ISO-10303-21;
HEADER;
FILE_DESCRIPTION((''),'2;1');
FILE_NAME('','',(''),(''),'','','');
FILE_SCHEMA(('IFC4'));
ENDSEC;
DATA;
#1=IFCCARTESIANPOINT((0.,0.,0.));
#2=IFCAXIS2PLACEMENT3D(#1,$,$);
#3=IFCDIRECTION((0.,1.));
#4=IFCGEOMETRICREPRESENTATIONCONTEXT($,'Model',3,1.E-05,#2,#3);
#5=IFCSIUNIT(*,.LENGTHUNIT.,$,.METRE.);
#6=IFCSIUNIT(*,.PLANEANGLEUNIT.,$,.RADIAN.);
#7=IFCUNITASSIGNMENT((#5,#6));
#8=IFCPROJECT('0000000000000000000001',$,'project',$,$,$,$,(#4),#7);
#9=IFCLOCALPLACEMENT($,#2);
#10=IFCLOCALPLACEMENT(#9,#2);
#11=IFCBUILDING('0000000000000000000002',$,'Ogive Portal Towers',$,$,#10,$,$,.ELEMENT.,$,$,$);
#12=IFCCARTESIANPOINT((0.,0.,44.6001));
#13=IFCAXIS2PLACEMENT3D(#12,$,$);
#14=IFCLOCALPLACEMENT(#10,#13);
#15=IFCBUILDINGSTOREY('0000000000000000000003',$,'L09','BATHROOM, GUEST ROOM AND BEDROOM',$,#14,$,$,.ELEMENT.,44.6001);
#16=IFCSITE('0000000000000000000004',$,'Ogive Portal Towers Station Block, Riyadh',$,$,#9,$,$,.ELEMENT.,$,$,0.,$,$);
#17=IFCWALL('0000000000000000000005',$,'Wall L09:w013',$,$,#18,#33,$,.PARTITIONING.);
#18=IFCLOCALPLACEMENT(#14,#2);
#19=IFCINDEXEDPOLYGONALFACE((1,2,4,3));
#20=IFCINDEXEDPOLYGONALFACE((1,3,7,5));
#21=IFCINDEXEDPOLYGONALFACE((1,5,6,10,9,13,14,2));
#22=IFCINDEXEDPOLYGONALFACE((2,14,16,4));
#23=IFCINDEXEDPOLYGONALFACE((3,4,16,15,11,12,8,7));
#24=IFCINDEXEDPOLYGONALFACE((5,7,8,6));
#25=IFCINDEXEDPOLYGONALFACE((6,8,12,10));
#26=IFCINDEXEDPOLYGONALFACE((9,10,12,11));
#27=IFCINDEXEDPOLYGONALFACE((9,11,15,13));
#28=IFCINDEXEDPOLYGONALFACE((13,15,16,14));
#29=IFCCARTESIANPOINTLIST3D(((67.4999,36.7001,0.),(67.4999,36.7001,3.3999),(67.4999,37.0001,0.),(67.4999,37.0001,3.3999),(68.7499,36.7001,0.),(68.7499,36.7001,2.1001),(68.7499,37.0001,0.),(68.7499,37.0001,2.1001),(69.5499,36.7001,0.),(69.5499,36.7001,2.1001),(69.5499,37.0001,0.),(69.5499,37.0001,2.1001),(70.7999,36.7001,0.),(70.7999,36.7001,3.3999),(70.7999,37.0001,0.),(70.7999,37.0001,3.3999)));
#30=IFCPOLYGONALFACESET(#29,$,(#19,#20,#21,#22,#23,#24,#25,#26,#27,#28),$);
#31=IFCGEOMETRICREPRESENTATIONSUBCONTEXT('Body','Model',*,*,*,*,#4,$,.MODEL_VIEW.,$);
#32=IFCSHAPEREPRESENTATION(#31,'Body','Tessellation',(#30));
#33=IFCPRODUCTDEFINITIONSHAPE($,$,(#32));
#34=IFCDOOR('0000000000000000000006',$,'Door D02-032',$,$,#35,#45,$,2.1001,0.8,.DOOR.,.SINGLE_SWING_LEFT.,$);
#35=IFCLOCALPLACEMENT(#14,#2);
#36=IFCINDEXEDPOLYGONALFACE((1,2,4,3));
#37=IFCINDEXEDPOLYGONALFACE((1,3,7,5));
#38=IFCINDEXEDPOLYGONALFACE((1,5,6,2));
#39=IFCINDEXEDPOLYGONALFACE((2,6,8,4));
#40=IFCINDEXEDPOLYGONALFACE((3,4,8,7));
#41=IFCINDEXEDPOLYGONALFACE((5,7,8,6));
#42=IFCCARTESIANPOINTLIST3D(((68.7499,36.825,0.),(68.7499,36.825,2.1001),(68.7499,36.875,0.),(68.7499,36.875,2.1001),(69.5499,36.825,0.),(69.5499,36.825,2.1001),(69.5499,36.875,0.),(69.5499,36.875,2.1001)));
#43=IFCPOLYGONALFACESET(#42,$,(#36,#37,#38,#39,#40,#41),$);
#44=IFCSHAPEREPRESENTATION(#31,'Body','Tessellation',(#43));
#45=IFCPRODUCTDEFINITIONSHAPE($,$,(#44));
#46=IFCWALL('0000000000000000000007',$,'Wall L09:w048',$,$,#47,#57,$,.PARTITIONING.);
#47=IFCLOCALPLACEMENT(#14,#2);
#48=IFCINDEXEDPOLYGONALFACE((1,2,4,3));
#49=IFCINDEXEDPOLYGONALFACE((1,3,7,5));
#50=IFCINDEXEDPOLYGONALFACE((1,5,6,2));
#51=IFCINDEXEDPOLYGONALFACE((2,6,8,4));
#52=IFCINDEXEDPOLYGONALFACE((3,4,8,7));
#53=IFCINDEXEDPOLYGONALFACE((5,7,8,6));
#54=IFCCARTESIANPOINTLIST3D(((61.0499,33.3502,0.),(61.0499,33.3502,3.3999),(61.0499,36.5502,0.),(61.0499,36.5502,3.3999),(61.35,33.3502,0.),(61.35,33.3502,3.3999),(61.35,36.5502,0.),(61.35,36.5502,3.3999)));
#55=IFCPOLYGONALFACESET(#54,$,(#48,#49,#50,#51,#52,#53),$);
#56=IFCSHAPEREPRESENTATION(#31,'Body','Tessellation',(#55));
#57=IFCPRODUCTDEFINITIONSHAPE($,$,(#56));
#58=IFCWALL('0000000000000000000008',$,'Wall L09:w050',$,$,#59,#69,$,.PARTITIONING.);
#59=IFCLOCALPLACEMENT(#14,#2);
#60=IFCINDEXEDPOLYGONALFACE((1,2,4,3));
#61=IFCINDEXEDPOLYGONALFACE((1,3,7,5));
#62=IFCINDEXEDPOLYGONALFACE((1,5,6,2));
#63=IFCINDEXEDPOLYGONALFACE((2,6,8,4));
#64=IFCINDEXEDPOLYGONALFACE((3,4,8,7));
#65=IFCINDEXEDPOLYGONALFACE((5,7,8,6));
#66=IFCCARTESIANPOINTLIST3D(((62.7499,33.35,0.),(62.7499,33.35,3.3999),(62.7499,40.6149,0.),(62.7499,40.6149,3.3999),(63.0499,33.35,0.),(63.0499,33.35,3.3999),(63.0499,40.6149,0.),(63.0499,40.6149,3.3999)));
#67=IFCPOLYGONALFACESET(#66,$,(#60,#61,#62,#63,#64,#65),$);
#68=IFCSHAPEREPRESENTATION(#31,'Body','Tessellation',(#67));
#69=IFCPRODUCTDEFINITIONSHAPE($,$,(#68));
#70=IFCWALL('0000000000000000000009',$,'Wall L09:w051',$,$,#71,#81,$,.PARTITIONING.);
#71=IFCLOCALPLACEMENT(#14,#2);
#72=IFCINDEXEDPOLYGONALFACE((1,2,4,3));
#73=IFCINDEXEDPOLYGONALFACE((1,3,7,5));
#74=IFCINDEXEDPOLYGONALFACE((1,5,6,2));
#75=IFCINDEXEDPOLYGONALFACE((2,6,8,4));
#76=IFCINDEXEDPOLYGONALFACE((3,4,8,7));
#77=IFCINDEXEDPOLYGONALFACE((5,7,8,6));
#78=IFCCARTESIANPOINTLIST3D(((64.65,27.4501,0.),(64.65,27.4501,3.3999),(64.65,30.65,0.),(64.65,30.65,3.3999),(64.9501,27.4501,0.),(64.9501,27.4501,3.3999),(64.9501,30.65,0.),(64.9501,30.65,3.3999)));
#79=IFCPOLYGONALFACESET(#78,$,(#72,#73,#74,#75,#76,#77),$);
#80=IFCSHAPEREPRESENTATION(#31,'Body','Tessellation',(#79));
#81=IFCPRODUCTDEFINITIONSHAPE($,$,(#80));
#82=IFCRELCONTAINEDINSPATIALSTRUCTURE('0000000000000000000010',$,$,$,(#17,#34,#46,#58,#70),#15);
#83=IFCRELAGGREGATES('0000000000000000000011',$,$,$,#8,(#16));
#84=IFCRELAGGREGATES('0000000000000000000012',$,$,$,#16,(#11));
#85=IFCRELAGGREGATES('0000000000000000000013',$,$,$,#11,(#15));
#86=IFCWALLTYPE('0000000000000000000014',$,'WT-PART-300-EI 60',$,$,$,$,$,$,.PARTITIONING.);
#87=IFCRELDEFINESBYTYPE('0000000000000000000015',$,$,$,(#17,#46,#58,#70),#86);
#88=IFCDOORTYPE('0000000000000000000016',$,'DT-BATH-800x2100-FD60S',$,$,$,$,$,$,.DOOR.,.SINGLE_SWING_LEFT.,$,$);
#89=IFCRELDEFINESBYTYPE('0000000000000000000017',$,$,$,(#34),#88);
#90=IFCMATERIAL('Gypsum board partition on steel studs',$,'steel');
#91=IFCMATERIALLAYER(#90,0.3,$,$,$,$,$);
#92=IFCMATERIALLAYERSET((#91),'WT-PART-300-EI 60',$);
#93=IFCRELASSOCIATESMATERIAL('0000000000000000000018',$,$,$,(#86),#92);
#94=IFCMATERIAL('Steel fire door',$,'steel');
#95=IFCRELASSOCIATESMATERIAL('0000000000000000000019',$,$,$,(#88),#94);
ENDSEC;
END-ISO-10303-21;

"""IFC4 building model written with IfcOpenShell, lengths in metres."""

from ifc_helpers import new_model, si_unit, direction, frame, frame_2d, origin, place, context, subcontext, project, spatial, rectangle, extrude, material, layer, layer_set, type_object, element, fill, save


model = new_model("IFC4")

# Units and contexts
model_context = context("Model", 3, precision=1e-05, world=origin(), true_north=direction((0.0, 1.0)))
body_context = subcontext(model_context, "Body", "Model", "MODEL_VIEW")
ifc_project = project(units=[si_unit("LENGTHUNIT", "METRE"), si_unit("PLANEANGLEUNIT", "RADIAN")], contexts=[model_context])

# Site, building, storey
site_placement = place(None, origin())
site = spatial("IfcSite", under=ifc_project, at=site_placement, Name="Ogive Portal Towers Station Block, Riyadh", CompositionType="ELEMENT", RefElevation=0.0)
building_placement = place(site_placement, origin())
building = spatial("IfcBuilding", under=site, at=building_placement, Name="Ogive Portal Towers", CompositionType="ELEMENT")
storey_placement = place(building_placement, frame((0.0, 0.0, 44.6001)))
storey = spatial("IfcBuildingStorey", under=building, at=storey_placement, Name="L09", Description="BATHROOM, GUEST ROOM AND BEDROOM", CompositionType="ELEMENT", Elevation=44.6001)

# Shared definitions
ifc_material_1 = material(Name="Gypsum board partition on steel studs", Category="steel")
ifc_material_2 = material(Name="Steel fire door", Category="steel")

# Wall, opening, door
ifc_layer_1 = layer(ifc_material_1, 0.3)
ifc_layer_set_1 = layer_set([ifc_layer_1], Name="WT-PART-300-EI 60")
wall_type_1 = type_object("IfcWallType", Name="WT-PART-300-EI 60", PredefinedType="PARTITIONING", material=ifc_layer_set_1)
door_type_1 = type_object("IfcDoorType", Name="DT-BATH-800x2100-FD60S", OperationType="SINGLE_SWING_LEFT", PredefinedType="DOOR", material=ifc_material_2)
wall_1_placement = place(storey_placement, frame((67.5, 36.8501, 0.0), z_axis=(0.0, 0.0, 1.0), x_axis=(1.0, 0.0, 0.0)))
wall_1 = element("IfcWall", 1, at=wall_1_placement, inside=storey, type_object=wall_type_1, Name="Wall L09:w013", PredefinedType="PARTITIONING", context=body_context, shape_type="SweptSolid", body=[
    extrude(rectangle(XDim=3.3, YDim=0.3, at=frame_2d((1.6499, 0.0))), origin(), (0.0, 0.0, 1.0), 3.3999),
])
opening_1_placement = place(wall_1_placement, frame((1.25, 0.0, 0.0)))
opening_1 = element("IfcOpeningElement", 2, at=opening_1_placement, cuts=wall_1, PredefinedType="OPENING", context=body_context, shape_type="SweptSolid", body=[
    extrude(rectangle(XDim=0.8, YDim=2.1001, at=frame_2d((0.3999, 1.05))), frame((0.0, 0.1602, 0.0), z_axis=(0.0, -1.0, 0.0), x_axis=(1.0, 0.0, 0.0)), (0.0, 0.0, 1.0), 0.3201),
])
door_1_placement = place(opening_1_placement, origin())
door_1 = element("IfcDoor", 3, at=door_1_placement, inside=storey, type_object=door_type_1, Name="Door D02-032", OperationType="SINGLE_SWING_LEFT", OverallHeight=2.1001, OverallWidth=0.8, PredefinedType="DOOR", context=body_context, shape_type="SweptSolid", body=[
    extrude(rectangle(XDim=0.8, YDim=2.1001, at=frame_2d((0.3999, 1.05))), frame((0.0, 0.0249, 0.0), z_axis=(0.0, -1.0, 0.0), x_axis=(1.0, 0.0, 0.0)), (0.0, 0.0, 1.0), 0.05),
])
fill(opening_1, door_1)

# Walls
wall_2_placement = place(storey_placement, frame((61.2, 33.3501, 0.0), z_axis=(0.0, 0.0, 1.0), x_axis=(0.0, 1.0, 0.0)))
element("IfcWall", 4, at=wall_2_placement, inside=storey, type_object=wall_type_1, Name="Wall L09:w048", PredefinedType="PARTITIONING", context=body_context, shape_type="SweptSolid", body=[
    extrude(rectangle(XDim=3.2, YDim=0.3, at=frame_2d((1.6001, 0.0))), origin(), (0.0, 0.0, 1.0), 3.3999),
])
wall_3_placement = place(storey_placement, frame((62.8999, 33.3501, 0.0), z_axis=(0.0, 0.0, 1.0), x_axis=(0.0, 1.0, 0.0)))
element("IfcWall", 5, at=wall_3_placement, inside=storey, type_object=wall_type_1, Name="Wall L09:w050", PredefinedType="PARTITIONING", context=body_context, shape_type="SweptSolid", body=[
    extrude(rectangle(XDim=7.2649, YDim=0.3, at=frame_2d((3.6323, 0.0))), origin(), (0.0, 0.0, 1.0), 3.3999),
])
wall_4_placement = place(storey_placement, frame((64.8, 27.45, 0.0), z_axis=(0.0, 0.0, 1.0), x_axis=(0.0, 1.0, 0.0)))
element("IfcWall", 6, at=wall_4_placement, inside=storey, type_object=wall_type_1, Name="Wall L09:w051", PredefinedType="PARTITIONING", context=body_context, shape_type="SweptSolid", body=[
    extrude(rectangle(XDim=3.2, YDim=0.3, at=frame_2d((1.6001, 0.0))), origin(), (0.0, 0.0, 1.0), 3.3999),
])

save(model, "model.ifc")
